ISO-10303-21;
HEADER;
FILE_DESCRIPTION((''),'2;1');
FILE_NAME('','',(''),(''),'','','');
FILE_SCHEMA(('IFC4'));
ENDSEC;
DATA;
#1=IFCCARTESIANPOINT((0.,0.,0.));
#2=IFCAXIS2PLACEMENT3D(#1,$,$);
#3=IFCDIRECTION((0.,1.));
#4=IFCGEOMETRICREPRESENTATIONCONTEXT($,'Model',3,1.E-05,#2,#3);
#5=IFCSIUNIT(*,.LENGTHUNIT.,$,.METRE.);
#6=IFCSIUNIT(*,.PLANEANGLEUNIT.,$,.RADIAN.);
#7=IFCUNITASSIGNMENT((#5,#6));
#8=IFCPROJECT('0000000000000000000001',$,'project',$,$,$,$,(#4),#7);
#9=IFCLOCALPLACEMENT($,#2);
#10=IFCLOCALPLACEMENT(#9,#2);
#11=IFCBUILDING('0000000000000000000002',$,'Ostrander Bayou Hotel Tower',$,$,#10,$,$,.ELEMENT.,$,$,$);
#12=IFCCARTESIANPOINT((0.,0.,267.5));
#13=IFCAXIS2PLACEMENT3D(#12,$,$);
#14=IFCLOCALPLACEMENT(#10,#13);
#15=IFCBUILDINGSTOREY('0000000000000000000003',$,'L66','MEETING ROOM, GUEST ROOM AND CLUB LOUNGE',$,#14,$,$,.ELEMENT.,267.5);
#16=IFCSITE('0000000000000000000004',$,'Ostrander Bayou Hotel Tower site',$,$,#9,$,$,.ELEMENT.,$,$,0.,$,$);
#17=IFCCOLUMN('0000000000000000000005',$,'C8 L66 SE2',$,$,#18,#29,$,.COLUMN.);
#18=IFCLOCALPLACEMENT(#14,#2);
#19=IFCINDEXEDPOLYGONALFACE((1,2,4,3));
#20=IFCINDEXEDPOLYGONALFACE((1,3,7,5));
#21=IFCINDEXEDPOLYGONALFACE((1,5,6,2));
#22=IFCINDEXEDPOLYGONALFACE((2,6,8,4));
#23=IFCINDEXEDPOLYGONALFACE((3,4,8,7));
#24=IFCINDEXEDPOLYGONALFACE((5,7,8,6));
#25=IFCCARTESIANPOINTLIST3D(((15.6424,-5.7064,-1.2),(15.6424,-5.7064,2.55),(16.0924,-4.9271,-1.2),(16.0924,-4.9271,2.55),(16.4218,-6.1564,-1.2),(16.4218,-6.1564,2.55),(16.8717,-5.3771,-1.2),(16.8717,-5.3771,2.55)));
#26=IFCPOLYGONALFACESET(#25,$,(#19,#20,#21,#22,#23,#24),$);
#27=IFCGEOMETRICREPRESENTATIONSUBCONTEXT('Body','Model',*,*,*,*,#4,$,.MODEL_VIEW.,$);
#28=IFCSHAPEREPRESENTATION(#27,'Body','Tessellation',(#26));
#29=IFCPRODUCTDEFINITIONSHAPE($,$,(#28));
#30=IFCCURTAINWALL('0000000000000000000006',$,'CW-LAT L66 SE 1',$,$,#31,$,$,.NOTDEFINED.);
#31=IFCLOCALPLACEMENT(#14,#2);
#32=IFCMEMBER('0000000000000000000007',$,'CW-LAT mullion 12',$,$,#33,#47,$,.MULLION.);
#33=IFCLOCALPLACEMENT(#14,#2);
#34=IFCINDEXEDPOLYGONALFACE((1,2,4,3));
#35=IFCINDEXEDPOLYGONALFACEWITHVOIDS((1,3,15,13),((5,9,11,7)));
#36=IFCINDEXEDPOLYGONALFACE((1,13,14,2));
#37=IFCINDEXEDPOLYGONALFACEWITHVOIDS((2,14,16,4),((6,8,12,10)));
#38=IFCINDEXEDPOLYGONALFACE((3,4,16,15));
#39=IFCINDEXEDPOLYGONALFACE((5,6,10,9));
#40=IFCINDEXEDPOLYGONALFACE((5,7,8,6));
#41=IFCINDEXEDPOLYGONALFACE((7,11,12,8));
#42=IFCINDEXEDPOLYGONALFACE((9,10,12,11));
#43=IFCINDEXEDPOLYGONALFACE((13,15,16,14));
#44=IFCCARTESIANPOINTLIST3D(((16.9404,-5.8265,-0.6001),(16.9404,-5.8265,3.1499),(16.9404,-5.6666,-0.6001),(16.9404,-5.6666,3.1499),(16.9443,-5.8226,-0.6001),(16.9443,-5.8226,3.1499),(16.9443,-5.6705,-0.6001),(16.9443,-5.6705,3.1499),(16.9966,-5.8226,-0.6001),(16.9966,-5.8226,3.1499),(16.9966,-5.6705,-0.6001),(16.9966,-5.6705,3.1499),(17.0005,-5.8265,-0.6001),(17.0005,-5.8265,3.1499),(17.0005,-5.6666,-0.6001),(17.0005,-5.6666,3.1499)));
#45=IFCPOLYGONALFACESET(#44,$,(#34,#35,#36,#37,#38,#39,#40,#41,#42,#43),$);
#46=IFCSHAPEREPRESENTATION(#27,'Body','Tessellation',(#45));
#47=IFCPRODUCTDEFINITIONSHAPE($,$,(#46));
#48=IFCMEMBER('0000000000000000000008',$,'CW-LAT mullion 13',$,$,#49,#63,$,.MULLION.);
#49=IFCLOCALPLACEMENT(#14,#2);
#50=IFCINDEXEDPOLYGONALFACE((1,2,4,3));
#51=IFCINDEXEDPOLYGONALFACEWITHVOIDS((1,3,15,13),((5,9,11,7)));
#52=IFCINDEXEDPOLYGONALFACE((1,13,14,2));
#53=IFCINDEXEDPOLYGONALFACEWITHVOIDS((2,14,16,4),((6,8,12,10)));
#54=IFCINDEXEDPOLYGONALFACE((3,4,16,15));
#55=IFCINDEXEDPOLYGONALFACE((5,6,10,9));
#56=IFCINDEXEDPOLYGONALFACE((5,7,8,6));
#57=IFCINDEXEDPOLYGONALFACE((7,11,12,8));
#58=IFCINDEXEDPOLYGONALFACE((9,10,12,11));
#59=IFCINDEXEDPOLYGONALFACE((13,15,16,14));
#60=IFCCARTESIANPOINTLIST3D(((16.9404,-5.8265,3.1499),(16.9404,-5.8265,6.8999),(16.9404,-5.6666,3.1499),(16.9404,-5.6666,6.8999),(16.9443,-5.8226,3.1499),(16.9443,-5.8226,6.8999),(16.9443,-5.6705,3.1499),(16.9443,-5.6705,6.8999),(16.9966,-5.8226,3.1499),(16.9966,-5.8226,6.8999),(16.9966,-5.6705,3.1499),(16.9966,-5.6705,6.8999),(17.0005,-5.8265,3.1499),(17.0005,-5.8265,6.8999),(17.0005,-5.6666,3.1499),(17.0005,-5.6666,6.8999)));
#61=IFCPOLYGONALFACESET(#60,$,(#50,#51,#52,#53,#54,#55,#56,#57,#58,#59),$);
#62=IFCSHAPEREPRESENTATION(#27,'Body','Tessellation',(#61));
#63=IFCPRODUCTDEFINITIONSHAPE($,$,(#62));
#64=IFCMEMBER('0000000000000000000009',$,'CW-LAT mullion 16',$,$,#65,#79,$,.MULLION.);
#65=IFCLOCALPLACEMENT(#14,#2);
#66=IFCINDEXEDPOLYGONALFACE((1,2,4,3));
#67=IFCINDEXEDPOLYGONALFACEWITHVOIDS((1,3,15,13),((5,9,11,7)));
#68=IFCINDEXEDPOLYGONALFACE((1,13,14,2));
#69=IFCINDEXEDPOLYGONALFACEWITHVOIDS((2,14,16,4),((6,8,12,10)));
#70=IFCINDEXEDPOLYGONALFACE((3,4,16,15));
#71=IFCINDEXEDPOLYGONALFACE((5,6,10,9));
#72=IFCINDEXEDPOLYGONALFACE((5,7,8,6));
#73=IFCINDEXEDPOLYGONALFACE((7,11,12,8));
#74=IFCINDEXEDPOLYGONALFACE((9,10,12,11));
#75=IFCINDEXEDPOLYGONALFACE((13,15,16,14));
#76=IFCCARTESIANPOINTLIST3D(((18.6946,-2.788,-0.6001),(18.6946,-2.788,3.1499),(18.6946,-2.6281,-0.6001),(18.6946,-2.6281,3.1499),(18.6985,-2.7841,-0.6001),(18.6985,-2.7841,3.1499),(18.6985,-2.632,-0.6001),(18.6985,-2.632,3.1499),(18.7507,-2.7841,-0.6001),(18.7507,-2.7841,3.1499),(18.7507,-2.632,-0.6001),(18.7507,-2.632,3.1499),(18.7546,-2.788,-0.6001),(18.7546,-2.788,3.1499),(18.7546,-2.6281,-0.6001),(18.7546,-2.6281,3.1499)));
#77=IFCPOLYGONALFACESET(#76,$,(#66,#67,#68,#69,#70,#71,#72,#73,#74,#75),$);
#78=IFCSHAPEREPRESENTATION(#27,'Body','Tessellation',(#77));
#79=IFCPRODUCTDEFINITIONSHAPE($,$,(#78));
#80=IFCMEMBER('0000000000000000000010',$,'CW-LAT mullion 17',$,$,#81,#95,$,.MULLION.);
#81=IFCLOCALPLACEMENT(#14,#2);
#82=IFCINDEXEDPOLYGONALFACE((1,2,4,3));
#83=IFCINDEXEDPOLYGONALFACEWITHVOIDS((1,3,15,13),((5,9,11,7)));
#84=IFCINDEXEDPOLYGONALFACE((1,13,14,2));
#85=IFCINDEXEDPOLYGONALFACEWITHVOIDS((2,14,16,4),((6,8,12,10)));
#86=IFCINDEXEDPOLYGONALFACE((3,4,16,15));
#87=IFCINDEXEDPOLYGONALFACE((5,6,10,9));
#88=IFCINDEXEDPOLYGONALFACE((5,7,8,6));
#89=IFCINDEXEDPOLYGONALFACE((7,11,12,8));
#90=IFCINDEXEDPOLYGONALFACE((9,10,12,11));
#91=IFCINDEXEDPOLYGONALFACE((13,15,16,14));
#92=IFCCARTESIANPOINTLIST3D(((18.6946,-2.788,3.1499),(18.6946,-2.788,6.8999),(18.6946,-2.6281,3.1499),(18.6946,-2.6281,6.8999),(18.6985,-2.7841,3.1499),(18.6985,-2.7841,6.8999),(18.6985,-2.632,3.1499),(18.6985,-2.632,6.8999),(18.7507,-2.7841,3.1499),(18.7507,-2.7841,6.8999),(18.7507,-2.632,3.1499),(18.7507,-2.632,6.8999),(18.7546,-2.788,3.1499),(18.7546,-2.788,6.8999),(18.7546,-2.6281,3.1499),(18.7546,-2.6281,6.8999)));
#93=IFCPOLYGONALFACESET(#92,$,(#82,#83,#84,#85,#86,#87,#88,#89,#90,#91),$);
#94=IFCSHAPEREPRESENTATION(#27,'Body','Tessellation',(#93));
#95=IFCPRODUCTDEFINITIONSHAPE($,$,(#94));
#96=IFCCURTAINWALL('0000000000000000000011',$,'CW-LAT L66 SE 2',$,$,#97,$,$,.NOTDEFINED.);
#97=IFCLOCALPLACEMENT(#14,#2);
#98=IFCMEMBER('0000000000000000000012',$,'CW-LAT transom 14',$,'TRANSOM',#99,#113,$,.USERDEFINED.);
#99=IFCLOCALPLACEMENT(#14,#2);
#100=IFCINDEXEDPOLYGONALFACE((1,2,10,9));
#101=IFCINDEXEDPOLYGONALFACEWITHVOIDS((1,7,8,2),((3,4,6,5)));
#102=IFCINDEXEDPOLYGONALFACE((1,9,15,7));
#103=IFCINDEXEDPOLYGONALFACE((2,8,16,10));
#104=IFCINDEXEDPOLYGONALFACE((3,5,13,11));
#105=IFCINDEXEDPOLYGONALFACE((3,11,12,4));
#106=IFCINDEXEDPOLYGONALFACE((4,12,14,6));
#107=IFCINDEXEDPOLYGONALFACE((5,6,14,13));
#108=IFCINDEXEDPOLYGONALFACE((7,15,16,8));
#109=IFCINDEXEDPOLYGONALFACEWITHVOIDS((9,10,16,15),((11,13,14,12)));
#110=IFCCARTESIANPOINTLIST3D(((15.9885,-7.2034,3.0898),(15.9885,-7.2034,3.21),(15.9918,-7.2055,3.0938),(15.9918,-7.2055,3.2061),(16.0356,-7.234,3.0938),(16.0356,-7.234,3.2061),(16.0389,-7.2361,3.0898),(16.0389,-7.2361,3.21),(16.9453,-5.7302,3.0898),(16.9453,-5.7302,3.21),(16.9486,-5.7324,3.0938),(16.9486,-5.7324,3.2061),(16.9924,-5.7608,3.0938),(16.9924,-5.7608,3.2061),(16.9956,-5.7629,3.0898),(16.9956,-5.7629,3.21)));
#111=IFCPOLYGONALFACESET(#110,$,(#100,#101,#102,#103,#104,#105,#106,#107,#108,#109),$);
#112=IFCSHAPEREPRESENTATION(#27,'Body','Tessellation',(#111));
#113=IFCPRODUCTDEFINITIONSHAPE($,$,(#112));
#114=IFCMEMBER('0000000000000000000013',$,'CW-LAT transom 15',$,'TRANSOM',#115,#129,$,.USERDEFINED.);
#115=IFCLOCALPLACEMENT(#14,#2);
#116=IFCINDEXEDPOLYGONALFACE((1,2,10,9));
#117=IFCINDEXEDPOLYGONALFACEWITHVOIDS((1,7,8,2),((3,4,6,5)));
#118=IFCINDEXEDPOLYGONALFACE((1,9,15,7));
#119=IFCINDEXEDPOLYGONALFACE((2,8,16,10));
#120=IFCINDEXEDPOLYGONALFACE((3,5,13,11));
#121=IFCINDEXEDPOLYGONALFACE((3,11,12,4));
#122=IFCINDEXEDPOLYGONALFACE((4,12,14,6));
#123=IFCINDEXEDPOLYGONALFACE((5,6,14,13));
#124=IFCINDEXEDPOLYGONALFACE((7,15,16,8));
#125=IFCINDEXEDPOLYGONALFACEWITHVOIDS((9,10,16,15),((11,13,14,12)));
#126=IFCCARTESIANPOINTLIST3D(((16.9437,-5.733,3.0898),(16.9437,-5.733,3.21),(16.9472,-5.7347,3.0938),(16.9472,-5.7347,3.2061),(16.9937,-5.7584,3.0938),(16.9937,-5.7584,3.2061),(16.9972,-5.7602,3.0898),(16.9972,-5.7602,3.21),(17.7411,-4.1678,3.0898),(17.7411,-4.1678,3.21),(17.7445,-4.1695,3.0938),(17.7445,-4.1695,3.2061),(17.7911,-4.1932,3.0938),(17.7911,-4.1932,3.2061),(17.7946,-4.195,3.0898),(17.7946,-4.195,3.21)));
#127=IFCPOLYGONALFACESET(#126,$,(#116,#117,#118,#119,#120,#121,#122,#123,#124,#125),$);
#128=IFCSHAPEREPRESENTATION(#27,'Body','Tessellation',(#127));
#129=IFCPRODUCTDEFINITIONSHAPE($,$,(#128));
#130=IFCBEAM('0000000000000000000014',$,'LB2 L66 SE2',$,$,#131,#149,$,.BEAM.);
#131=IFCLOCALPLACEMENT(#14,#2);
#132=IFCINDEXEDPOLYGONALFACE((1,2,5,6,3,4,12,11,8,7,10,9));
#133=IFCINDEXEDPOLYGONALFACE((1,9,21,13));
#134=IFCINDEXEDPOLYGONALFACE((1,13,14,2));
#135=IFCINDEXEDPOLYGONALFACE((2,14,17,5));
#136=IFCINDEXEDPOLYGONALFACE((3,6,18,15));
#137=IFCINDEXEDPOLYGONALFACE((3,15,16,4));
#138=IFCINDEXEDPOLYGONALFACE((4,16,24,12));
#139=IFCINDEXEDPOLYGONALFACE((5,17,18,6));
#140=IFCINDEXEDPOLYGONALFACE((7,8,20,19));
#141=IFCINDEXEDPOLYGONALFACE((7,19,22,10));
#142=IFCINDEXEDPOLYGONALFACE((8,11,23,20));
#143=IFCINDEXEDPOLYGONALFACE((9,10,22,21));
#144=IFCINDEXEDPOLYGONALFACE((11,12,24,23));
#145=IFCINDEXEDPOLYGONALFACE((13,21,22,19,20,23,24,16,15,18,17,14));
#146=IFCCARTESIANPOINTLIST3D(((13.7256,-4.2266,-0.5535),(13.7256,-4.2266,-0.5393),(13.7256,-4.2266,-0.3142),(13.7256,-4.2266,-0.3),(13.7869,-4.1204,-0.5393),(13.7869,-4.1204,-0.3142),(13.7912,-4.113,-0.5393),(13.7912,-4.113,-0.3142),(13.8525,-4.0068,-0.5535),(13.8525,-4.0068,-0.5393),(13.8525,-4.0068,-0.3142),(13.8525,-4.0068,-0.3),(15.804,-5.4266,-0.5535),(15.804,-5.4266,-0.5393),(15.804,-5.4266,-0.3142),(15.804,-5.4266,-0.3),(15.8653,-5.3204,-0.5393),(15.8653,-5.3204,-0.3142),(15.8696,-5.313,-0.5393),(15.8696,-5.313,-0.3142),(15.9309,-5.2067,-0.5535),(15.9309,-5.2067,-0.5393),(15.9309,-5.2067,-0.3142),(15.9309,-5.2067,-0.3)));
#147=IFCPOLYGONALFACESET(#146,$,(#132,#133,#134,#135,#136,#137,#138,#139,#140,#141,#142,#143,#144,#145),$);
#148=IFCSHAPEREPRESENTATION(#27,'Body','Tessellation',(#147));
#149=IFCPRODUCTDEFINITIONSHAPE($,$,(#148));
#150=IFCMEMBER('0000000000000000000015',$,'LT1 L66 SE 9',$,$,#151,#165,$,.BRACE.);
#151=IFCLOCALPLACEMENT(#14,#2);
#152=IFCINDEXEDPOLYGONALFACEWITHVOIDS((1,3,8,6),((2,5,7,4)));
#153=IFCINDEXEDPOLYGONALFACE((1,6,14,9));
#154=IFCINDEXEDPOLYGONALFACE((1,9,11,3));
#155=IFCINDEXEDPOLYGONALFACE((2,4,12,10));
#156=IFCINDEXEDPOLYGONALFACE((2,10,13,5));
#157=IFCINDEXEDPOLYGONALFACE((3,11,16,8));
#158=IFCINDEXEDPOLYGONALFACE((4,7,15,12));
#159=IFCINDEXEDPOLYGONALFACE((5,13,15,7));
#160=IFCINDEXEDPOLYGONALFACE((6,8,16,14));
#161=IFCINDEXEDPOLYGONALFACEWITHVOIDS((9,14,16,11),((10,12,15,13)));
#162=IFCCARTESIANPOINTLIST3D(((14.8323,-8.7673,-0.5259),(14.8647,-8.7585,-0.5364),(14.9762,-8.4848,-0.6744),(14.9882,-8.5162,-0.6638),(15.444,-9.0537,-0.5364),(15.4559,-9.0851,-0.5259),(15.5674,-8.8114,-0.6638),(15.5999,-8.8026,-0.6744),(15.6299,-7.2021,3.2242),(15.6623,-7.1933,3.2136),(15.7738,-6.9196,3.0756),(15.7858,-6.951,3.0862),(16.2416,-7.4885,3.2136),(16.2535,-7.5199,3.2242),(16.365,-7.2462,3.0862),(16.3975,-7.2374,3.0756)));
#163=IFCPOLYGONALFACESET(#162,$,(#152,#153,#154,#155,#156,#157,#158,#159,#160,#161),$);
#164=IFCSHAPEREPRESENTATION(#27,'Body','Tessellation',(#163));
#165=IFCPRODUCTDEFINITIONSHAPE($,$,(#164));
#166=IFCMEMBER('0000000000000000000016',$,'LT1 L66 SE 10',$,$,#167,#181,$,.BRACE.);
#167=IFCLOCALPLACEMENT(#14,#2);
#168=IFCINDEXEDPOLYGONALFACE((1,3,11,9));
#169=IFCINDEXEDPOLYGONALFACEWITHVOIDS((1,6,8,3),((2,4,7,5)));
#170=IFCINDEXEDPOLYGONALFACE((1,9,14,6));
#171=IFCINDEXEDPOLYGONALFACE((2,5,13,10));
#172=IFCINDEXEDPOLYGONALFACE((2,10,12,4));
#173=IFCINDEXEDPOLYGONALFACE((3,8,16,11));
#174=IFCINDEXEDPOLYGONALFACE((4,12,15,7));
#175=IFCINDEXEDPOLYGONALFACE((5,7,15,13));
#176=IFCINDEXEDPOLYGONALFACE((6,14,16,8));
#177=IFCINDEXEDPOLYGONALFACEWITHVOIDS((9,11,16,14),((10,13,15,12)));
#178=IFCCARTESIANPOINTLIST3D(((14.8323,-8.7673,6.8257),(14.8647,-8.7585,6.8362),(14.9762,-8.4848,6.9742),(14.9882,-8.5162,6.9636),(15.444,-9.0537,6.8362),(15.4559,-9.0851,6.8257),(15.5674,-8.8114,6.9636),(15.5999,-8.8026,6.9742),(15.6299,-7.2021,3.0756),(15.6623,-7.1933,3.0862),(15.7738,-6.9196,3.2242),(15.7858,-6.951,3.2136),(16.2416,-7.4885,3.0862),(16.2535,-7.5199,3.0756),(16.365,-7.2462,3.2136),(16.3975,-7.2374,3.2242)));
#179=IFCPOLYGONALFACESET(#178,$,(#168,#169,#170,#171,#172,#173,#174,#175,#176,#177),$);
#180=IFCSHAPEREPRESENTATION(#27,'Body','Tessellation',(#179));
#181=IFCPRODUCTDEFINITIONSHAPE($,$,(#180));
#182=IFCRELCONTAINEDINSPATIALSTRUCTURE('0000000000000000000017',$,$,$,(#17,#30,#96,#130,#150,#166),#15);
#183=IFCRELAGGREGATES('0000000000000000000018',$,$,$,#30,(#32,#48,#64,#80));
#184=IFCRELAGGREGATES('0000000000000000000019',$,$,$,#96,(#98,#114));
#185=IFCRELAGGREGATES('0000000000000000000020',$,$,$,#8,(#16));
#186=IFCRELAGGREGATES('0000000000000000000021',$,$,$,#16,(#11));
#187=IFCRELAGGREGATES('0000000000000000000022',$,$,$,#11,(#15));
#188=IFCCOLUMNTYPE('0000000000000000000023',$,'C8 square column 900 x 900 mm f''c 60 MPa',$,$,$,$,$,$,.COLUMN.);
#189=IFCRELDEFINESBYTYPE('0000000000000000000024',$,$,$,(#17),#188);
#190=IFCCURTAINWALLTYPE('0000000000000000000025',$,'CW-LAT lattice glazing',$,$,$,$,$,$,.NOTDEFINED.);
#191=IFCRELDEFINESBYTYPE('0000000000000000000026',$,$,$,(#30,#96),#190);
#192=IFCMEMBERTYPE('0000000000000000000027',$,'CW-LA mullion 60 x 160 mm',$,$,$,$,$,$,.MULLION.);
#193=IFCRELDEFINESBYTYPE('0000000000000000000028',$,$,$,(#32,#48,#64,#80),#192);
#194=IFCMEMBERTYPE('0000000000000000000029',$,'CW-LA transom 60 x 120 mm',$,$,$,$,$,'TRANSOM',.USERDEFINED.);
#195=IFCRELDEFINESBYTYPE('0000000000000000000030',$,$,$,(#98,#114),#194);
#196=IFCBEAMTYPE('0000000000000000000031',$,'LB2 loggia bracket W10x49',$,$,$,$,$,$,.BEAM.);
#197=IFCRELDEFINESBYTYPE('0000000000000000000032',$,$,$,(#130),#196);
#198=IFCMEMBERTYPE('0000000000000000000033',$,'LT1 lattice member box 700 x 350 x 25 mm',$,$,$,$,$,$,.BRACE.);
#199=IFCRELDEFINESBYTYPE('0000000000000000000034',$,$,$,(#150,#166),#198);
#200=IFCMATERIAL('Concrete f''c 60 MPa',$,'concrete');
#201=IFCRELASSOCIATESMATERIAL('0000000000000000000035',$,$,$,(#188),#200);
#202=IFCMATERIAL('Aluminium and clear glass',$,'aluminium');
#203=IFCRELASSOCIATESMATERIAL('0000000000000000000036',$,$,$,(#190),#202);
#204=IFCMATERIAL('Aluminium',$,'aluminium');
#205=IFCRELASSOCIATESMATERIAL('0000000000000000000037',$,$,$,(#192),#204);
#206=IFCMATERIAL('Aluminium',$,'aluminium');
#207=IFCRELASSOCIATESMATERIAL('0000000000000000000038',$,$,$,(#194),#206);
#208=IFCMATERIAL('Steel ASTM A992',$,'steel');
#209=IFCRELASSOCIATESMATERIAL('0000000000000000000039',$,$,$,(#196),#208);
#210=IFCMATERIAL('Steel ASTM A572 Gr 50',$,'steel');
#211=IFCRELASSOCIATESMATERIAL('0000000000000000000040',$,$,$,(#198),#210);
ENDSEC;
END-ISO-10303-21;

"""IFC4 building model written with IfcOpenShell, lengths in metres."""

from ifc_helpers import new_model, si_unit, direction, frame, origin, origin_2d, place, context, subcontext, project, spatial, rectangle, hollow_rectangle, i_section, extrude, material, material_profile, profile_set, type_object, element, aggregate, save


model = new_model("IFC4")

# Units and contexts
model_context = context("Model", 3, precision=1e-05, world=origin(), true_north=direction((0.0, 1.0)))
body_context = subcontext(model_context, "Body", "Model", "MODEL_VIEW")
ifc_project = project(units=[si_unit("LENGTHUNIT", "METRE"), si_unit("PLANEANGLEUNIT", "RADIAN")], contexts=[model_context])

# Site, building, storey
site_placement = place(None, origin())
site = spatial("IfcSite", under=ifc_project, at=site_placement, Name="Ostrander Bayou Hotel Tower site", CompositionType="ELEMENT", RefElevation=0.0)
building_placement = place(site_placement, origin())
building = spatial("IfcBuilding", under=site, at=building_placement, Name="Ostrander Bayou Hotel Tower", CompositionType="ELEMENT")
storey_placement = place(building_placement, frame((0.0, 0.0, 267.5)))
storey = spatial("IfcBuildingStorey", under=building, at=storey_placement, Name="L66", Description="MEETING ROOM, GUEST ROOM AND CLUB LOUNGE", CompositionType="ELEMENT", Elevation=267.5)

# Column
ifc_material_1 = material(Name="Concrete f'c 60 MPa", Category="concrete")
ifc_material_profile_1 = material_profile(ifc_material_1, rectangle(XDim=0.8999, YDim=0.8999, at=origin_2d()))
ifc_profile_set_1 = profile_set([ifc_material_profile_1], Name="Concrete f'c 60 MPa")
column_type = type_object("IfcColumnType", Name="C8 square column 900 x 900 mm f'c 60 MPa", PredefinedType="COLUMN", material=ifc_profile_set_1)
column_placement = place(storey_placement, frame((16.2571, -5.5417, -1.2), z_axis=(0.0, 0.0, 1.0), x_axis=(-0.5, -0.866025, 0.0)))
element("IfcColumn", 1, at=column_placement, inside=storey, type_object=column_type, Name="C8 L66 SE2", PredefinedType="COLUMN", context=body_context, shape_type="SweptSolid", body=[
    extrude(rectangle(XDim=0.8999, YDim=0.8999, at=origin_2d()), origin(), (0.0, 0.0, 1.0), 3.75),
])

# Curtain walls, members
ifc_material_2 = material(Name="Aluminium and clear glass", Category="aluminium")
curtain_wall_type = type_object("IfcCurtainWallType", Name="CW-LAT lattice glazing", PredefinedType="NOTDEFINED", material=ifc_material_2)
curtain_wall_1_placement = place(storey_placement, origin())
curtain_wall_1 = element("IfcCurtainWall", 2, at=curtain_wall_1_placement, inside=storey, type_object=curtain_wall_type, Name="CW-LAT L66 SE 1", PredefinedType="NOTDEFINED")
ifc_material_3 = material(Name="Aluminium", Category="aluminium")
ifc_material_profile_2 = material_profile(ifc_material_3, hollow_rectangle(XDim=0.0601, YDim=0.1599, WallThickness=0.0039, at=origin_2d()))
ifc_profile_set_2 = profile_set([ifc_material_profile_2], Name="Aluminium")
member_type_1 = type_object("IfcMemberType", Name="CW-LA mullion 60 x 160 mm", PredefinedType="MULLION", material=ifc_profile_set_2)
member_1_placement = place(storey_placement, frame((16.9705, -5.7466, -0.6001), z_axis=(0.0, 0.0, 1.0), x_axis=(1.0, 0.0, 0.0)))
member_1 = element("IfcMember", 3, at=member_1_placement, type_object=member_type_1, Name="CW-LAT mullion 12", PredefinedType="MULLION", context=body_context, shape_type="SweptSolid", body=[
    extrude(hollow_rectangle(XDim=0.0601, YDim=0.1599, WallThickness=0.0039, at=origin_2d()), origin(), (0.0, 0.0, 1.0), 3.75),
])
member_2_placement = place(storey_placement, frame((16.9705, -5.7466, 3.1499), z_axis=(0.0, 0.0, 1.0), x_axis=(1.0, 0.0, 0.0)))
member_2 = element("IfcMember", 4, at=member_2_placement, type_object=member_type_1, Name="CW-LAT mullion 13", PredefinedType="MULLION", context=body_context, shape_type="SweptSolid", body=[
    extrude(hollow_rectangle(XDim=0.0601, YDim=0.1599, WallThickness=0.0039, at=origin_2d()), origin(), (0.0, 0.0, 1.0), 3.75),
])
member_3_placement = place(storey_placement, frame((18.7246, -2.708, -0.6001), z_axis=(0.0, 0.0, 1.0), x_axis=(1.0, 0.0, 0.0)))
member_3 = element("IfcMember", 5, at=member_3_placement, type_object=member_type_1, Name="CW-LAT mullion 16", PredefinedType="MULLION", context=body_context, shape_type="SweptSolid", body=[
    extrude(hollow_rectangle(XDim=0.0601, YDim=0.1599, WallThickness=0.0039, at=origin_2d()), origin(), (0.0, 0.0, 1.0), 3.75),
])
member_4_placement = place(storey_placement, frame((18.7246, -2.708, 3.1499), z_axis=(0.0, 0.0, 1.0), x_axis=(1.0, 0.0, 0.0)))
member_4 = element("IfcMember", 6, at=member_4_placement, type_object=member_type_1, Name="CW-LAT mullion 17", PredefinedType="MULLION", context=body_context, shape_type="SweptSolid", body=[
    extrude(hollow_rectangle(XDim=0.0601, YDim=0.1599, WallThickness=0.0039, at=origin_2d()), origin(), (0.0, 0.0, 1.0), 3.75),
])
curtain_wall_2_placement = place(storey_placement, origin())
curtain_wall_2 = element("IfcCurtainWall", 7, at=curtain_wall_2_placement, inside=storey, type_object=curtain_wall_type, Name="CW-LAT L66 SE 2", PredefinedType="NOTDEFINED")
ifc_material_4 = material(Name="Aluminium", Category="aluminium")
ifc_material_profile_3 = material_profile(ifc_material_4, hollow_rectangle(XDim=0.0601, YDim=0.1201, WallThickness=0.0039, at=origin_2d()))
ifc_profile_set_3 = profile_set([ifc_material_profile_3], Name="Aluminium")
member_type_2 = type_object("IfcMemberType", Name="CW-LA transom 60 x 120 mm", ElementType="TRANSOM", PredefinedType="USERDEFINED", material=ifc_profile_set_3)
member_5_placement = place(storey_placement, frame((16.9705, -5.7466, 3.1499), z_axis=(-0.544685, -0.83864, 0.0), x_axis=(0.83864, -0.544685, 0.0)))
member_5 = element("IfcMember", 8, at=member_5_placement, type_object=member_type_2, Name="CW-LAT transom 14", ObjectType="TRANSOM", PredefinedType="USERDEFINED", context=body_context, shape_type="SweptSolid", body=[
    extrude(hollow_rectangle(XDim=0.0601, YDim=0.1201, WallThickness=0.0039, at=origin_2d()), origin(), (0.0, 0.0, 1.0), 1.7566),
])
member_6_placement = place(storey_placement, frame((16.9705, -5.7466, 3.1499), z_axis=(0.453928, 0.891038, 0.0), x_axis=(-0.891038, 0.453928, 0.0)))
member_6 = element("IfcMember", 9, at=member_6_placement, type_object=member_type_2, Name="CW-LAT transom 15", ObjectType="TRANSOM", PredefinedType="USERDEFINED", context=body_context, shape_type="SweptSolid", body=[
    extrude(hollow_rectangle(XDim=0.0601, YDim=0.1201, WallThickness=0.0039, at=origin_2d()), origin(), (0.0, 0.0, 1.0), 1.7566),
])

# Beam
ifc_material_5 = material(Name="Steel ASTM A992", Category="steel")
ifc_material_profile_4 = material_profile(ifc_material_5, i_section(OverallWidth=0.2539, OverallDepth=0.2534, WebThickness=0.0085, FlangeThickness=0.0142, at=origin_2d()))
ifc_profile_set_4 = profile_set([ifc_material_profile_4], Name="Steel ASTM A992")
beam_type_1 = type_object("IfcBeamType", Name="LB2 loggia bracket W10x49", PredefinedType="BEAM", material=ifc_profile_set_4)
beam_1_placement = place(storey_placement, frame((15.8674, -5.3167, -0.4268), z_axis=(-0.866025, 0.500001, 0.0), x_axis=(-0.500001, -0.866025, 0.0)))
element("IfcBeam", 10, at=beam_1_placement, inside=storey, type_object=beam_type_1, Name="LB2 L66 SE2", PredefinedType="BEAM", context=body_context, shape_type="SweptSolid", body=[
    extrude(i_section(OverallWidth=0.2539, OverallDepth=0.2534, WebThickness=0.0085, FlangeThickness=0.0142, at=origin_2d()), origin(), (0.0, 0.0, 1.0), 2.3999),
])

# Members
ifc_material_6 = material(Name="Steel ASTM A572 Gr 50", Category="steel")
ifc_material_profile_5 = material_profile(ifc_material_6, hollow_rectangle(XDim=0.7, YDim=0.3501, WallThickness=0.0249, at=origin_2d()))
ifc_profile_set_5 = profile_set([ifc_material_profile_5], Name="Steel ASTM A572 Gr 50")
member_type_3 = type_object("IfcMemberType", Name="LT1 lattice member box 700 x 350 x 25 mm", PredefinedType="BRACE", material=ifc_profile_set_5)
for number, where, z_axis, x_axis, name in (
    (11, (16.0137, -7.2197, 3.1499), (-0.192609, -0.377966, -0.905562), (0.890982, -0.454038, 0.0), "LT1 L66 SE 9"),
    (12, (16.0137, -7.2197, 3.1499), (-0.192609, -0.377966, 0.905562), (0.890982, -0.454038, 0.0), "LT1 L66 SE 10"),
):
    element("IfcMember", number, at=place(storey_placement, frame(where, z_axis=z_axis, x_axis=x_axis)), inside=storey, type_object=member_type_3, Name=name, PredefinedType="BRACE", context=body_context, shape_type="SweptSolid", body=[
        extrude(hollow_rectangle(XDim=0.7, YDim=0.3501, WallThickness=0.0249, at=origin_2d()), origin(), (0.0, 0.0, 1.0), 4.1411),
    ])

aggregate(curtain_wall_1, [member_1, member_2, member_3, member_4])
aggregate(curtain_wall_2, [member_5, member_6])

save(model, "model.ifc")
